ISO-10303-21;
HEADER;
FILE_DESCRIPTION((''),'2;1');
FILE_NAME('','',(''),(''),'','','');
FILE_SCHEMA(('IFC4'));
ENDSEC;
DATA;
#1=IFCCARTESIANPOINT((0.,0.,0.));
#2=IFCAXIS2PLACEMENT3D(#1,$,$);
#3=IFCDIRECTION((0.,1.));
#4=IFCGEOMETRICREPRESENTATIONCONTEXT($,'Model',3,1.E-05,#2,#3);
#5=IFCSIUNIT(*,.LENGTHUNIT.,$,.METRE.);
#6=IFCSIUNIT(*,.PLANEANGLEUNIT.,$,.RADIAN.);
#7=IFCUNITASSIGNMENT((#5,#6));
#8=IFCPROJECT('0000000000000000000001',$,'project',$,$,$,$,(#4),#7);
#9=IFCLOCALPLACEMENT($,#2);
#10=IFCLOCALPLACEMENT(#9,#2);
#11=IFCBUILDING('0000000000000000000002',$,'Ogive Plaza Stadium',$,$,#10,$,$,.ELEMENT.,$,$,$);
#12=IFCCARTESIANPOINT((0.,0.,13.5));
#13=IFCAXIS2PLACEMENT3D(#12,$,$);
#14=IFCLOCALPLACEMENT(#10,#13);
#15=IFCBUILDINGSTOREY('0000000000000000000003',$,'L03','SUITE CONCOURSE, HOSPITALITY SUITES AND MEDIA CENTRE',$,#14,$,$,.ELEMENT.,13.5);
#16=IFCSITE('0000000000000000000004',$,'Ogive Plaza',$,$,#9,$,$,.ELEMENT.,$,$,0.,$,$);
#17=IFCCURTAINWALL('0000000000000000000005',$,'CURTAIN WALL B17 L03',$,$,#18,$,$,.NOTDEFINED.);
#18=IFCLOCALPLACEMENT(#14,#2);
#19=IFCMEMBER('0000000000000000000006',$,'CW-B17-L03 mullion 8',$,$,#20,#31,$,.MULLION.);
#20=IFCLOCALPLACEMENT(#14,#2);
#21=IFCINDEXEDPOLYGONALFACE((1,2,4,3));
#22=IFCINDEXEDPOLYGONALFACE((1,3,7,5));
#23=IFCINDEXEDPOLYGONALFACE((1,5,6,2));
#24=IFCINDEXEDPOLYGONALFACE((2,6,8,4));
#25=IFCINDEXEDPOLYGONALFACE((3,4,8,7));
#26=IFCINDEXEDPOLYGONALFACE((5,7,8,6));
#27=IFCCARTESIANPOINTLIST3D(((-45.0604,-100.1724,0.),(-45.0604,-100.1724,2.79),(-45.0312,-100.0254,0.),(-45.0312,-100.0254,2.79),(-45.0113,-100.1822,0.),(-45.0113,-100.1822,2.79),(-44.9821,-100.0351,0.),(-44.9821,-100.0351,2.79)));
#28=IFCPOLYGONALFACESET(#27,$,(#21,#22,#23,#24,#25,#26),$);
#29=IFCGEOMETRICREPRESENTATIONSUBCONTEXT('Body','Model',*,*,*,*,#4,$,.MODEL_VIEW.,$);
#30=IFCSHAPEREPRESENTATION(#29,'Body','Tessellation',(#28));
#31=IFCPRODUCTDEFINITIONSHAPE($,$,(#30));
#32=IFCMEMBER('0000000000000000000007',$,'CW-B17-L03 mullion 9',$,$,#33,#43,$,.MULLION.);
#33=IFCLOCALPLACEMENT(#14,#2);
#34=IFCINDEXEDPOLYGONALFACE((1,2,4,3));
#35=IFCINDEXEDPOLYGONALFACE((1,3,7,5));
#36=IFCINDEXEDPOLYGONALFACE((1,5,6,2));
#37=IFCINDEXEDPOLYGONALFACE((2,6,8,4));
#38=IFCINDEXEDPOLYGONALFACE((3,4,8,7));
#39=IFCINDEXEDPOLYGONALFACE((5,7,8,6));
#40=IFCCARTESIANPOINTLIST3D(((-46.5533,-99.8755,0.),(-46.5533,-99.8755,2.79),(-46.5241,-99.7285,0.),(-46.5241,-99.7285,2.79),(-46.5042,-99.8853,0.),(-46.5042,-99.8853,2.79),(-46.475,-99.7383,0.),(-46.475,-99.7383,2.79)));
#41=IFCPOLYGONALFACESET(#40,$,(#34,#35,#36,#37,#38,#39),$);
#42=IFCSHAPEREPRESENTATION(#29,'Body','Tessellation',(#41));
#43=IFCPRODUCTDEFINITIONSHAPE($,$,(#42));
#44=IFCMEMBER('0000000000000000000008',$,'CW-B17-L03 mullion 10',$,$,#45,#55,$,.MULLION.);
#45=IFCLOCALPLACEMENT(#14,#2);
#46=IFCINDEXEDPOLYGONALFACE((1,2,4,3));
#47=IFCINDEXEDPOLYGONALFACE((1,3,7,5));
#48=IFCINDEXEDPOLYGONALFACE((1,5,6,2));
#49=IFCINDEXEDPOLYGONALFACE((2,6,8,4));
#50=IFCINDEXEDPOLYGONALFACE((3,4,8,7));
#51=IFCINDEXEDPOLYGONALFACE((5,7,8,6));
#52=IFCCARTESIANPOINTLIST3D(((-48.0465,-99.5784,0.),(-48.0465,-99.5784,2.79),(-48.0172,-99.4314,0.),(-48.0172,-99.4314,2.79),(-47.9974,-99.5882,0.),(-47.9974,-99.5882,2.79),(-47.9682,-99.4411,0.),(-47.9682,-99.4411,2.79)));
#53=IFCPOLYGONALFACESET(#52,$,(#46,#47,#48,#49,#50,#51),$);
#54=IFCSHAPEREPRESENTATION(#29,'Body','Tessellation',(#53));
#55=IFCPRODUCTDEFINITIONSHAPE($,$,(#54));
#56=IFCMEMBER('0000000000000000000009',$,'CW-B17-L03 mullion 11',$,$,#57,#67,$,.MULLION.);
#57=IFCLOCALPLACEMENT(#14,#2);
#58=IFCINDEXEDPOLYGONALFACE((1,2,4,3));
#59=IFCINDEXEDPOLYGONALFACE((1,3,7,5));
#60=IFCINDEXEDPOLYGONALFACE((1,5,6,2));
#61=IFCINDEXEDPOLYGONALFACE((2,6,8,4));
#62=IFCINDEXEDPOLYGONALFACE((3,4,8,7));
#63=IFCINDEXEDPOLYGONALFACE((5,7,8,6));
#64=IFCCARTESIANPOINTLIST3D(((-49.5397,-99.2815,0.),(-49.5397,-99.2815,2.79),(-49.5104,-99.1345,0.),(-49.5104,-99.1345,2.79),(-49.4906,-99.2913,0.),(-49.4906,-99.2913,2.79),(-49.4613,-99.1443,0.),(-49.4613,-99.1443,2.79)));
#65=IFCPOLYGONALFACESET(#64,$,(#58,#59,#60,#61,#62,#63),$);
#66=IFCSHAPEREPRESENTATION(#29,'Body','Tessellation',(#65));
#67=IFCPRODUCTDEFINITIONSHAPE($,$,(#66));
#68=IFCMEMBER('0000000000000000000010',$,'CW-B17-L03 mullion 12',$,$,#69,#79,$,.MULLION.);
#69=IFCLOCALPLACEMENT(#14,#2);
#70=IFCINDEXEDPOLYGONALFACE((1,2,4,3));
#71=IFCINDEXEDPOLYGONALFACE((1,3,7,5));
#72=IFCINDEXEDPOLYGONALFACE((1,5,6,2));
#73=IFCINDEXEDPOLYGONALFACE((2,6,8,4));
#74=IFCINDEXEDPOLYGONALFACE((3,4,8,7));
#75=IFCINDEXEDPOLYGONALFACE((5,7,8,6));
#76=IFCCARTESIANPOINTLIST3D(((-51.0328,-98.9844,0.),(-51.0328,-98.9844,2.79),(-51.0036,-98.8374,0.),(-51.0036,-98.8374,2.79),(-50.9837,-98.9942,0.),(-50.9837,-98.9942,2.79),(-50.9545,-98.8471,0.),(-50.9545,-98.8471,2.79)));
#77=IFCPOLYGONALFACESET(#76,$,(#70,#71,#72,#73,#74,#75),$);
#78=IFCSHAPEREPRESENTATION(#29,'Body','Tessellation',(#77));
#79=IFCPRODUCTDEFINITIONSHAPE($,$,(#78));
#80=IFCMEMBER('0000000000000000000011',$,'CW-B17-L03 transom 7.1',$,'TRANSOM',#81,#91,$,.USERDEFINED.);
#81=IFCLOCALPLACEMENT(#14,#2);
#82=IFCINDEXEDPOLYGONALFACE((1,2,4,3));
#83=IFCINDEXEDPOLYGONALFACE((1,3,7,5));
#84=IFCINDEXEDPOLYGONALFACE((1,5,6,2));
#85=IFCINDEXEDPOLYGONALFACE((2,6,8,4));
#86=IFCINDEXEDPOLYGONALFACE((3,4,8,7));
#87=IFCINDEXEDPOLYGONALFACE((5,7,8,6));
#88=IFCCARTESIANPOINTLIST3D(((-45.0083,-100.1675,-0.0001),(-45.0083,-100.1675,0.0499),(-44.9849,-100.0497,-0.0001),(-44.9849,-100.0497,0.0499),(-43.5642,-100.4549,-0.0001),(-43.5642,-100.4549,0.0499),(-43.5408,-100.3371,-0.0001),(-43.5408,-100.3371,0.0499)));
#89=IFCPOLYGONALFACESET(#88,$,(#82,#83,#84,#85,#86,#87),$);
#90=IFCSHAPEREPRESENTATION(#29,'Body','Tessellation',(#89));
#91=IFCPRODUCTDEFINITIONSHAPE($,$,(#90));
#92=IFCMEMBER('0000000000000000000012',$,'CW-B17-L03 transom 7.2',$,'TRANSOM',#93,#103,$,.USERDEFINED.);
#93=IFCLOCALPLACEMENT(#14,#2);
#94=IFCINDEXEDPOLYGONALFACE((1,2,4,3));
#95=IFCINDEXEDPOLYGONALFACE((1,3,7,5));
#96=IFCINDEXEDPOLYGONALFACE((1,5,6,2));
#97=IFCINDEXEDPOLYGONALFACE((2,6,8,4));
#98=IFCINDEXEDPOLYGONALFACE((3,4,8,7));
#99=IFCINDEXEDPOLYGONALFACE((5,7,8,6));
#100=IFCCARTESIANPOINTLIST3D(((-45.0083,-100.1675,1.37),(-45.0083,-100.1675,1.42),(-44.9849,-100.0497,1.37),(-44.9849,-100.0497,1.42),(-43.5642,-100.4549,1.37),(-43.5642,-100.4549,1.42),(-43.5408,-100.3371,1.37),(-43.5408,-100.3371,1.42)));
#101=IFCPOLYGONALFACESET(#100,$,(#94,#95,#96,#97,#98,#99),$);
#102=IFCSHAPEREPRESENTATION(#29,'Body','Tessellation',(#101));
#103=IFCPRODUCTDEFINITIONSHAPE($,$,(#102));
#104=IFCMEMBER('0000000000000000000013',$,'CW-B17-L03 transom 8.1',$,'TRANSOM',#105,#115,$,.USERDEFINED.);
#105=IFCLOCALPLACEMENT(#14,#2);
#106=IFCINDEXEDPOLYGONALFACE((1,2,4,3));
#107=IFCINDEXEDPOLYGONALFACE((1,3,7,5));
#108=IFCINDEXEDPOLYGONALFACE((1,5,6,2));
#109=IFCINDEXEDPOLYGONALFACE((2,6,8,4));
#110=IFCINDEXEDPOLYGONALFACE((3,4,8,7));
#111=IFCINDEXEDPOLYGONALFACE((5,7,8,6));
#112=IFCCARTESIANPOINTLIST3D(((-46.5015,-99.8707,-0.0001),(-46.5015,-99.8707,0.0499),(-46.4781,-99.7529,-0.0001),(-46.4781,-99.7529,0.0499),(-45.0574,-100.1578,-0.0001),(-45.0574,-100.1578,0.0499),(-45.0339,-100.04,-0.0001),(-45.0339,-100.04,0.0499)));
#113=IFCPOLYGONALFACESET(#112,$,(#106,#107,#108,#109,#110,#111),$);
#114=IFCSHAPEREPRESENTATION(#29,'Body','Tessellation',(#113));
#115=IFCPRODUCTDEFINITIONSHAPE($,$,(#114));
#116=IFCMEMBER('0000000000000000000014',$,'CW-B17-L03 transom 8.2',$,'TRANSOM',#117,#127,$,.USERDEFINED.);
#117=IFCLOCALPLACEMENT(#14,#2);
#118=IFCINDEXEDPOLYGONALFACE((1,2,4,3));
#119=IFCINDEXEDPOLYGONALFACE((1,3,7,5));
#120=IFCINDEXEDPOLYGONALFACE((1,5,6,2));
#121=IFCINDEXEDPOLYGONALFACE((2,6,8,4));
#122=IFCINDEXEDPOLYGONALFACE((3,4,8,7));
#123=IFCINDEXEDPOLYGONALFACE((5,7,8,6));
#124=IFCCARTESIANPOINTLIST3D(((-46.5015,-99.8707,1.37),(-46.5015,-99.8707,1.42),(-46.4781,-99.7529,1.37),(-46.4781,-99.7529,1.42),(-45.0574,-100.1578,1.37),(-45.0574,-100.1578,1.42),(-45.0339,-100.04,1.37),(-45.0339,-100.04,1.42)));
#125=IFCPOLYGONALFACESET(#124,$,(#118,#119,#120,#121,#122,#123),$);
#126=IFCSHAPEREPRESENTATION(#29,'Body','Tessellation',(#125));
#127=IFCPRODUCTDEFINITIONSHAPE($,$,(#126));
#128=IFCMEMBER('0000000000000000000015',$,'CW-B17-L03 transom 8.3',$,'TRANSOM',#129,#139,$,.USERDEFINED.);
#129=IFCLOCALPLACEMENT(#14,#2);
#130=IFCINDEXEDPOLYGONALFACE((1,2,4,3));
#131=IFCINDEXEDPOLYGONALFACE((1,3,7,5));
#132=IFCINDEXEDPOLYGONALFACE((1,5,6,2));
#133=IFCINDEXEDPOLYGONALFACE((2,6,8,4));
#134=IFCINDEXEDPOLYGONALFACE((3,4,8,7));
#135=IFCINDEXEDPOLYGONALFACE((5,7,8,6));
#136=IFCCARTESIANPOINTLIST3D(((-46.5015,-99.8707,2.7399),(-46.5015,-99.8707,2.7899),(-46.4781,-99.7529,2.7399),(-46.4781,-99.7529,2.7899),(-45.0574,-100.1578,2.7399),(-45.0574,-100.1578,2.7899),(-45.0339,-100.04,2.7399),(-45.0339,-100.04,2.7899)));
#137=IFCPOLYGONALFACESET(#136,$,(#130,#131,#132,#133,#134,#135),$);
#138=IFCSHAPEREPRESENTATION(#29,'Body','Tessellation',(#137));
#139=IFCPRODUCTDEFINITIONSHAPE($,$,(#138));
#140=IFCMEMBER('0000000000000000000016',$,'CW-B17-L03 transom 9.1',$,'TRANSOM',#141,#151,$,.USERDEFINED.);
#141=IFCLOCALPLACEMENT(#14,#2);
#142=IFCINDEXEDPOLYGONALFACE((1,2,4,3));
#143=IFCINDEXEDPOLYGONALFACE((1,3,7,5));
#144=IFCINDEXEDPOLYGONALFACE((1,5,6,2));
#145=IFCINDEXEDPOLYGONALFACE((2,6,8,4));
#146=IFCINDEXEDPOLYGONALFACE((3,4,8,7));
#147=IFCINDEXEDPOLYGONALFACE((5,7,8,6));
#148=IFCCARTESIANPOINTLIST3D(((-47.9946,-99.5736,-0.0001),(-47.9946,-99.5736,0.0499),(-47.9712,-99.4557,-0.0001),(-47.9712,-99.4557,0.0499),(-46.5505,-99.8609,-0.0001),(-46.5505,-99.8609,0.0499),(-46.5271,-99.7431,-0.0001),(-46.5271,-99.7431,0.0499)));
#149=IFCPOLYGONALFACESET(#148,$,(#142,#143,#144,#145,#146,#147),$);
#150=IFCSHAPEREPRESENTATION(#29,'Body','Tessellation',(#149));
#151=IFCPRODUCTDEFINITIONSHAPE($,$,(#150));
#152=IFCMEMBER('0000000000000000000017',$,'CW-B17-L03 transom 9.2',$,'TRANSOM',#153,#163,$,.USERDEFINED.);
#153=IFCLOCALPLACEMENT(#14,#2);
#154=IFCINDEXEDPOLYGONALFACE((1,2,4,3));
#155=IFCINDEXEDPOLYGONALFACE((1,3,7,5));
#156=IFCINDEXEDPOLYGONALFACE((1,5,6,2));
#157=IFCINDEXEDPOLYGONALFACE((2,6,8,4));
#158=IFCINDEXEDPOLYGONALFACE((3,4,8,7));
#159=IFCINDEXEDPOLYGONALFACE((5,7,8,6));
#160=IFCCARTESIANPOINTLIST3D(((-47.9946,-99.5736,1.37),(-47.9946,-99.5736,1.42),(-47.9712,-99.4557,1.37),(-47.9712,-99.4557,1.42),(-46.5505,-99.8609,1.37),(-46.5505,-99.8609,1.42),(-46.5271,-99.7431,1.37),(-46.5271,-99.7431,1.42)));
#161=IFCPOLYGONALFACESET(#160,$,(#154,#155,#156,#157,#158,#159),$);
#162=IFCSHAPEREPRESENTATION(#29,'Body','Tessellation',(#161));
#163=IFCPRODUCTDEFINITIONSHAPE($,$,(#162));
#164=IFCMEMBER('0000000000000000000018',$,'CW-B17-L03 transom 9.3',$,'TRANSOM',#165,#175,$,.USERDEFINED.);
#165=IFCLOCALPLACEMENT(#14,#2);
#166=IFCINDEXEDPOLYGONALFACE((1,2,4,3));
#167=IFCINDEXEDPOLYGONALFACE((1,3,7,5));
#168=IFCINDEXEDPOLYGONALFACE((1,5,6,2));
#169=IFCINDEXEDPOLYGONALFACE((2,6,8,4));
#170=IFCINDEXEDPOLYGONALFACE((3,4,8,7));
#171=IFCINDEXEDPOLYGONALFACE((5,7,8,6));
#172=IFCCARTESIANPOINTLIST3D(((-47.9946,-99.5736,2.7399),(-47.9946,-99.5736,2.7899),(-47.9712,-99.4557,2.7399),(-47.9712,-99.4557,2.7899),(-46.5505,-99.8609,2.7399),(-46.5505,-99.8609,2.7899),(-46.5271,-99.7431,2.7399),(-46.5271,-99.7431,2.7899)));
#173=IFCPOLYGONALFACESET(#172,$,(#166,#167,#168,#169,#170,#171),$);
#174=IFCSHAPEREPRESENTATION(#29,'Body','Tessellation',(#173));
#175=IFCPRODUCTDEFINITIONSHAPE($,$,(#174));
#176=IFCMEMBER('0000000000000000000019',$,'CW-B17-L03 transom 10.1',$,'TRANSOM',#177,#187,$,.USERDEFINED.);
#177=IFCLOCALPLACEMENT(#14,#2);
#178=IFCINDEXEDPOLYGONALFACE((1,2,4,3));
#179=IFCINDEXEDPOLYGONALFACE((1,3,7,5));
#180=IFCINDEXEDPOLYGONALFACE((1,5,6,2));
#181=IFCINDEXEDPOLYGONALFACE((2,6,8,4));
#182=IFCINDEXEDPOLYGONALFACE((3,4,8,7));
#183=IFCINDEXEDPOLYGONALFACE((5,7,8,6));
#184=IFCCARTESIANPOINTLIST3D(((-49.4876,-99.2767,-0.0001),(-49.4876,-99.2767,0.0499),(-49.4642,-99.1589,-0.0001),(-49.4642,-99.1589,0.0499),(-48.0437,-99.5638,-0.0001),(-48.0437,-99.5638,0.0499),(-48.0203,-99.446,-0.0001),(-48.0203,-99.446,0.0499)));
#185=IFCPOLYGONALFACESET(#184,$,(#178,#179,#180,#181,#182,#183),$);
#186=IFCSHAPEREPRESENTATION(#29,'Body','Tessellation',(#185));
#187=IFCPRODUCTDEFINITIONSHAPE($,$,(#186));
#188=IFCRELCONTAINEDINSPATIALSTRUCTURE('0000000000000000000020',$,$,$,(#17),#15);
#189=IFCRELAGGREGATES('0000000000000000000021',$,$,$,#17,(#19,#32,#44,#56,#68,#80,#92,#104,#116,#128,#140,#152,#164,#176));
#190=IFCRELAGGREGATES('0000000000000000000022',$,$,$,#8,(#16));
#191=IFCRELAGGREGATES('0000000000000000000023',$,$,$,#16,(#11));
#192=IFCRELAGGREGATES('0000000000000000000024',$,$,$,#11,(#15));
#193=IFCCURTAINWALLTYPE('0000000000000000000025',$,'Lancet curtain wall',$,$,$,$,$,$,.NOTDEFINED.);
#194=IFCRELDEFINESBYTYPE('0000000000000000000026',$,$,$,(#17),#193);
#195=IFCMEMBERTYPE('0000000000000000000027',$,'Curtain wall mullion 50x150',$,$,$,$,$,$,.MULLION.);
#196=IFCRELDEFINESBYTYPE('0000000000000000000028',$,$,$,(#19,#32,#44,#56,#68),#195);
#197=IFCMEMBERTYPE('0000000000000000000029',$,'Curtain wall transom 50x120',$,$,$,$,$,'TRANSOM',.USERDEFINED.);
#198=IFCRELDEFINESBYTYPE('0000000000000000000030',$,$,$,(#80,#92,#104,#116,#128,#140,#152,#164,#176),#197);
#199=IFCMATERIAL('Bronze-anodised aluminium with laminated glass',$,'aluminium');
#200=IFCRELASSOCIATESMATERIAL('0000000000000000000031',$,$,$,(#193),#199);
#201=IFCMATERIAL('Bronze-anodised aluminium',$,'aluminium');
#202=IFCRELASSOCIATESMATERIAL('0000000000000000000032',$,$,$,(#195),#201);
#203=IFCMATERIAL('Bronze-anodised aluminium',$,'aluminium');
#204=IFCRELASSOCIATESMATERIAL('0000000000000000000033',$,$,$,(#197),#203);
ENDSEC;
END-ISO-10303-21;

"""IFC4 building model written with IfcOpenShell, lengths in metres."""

from ifc_helpers import new_model, si_unit, direction, frame, origin, origin_2d, place, context, subcontext, project, spatial, rectangle, extrude, material, material_profile, profile_set, type_object, element, aggregate, save


model = new_model("IFC4")

# Units and contexts
model_context = context("Model", 3, precision=1e-05, world=origin(), true_north=direction((0.0, 1.0)))
body_context = subcontext(model_context, "Body", "Model", "MODEL_VIEW")
ifc_project = project(units=[si_unit("LENGTHUNIT", "METRE"), si_unit("PLANEANGLEUNIT", "RADIAN")], contexts=[model_context])

# Site, building, storey
site_placement = place(None, origin())
site = spatial("IfcSite", under=ifc_project, at=site_placement, Name="Ogive Plaza", CompositionType="ELEMENT", RefElevation=0.0)
building_placement = place(site_placement, origin())
building = spatial("IfcBuilding", under=site, at=building_placement, Name="Ogive Plaza Stadium", CompositionType="ELEMENT")
storey_placement = place(building_placement, frame((0.0, 0.0, 13.5)))
storey = spatial("IfcBuildingStorey", under=building, at=storey_placement, Name="L03", Description="SUITE CONCOURSE, HOSPITALITY SUITES AND MEDIA CENTRE", CompositionType="ELEMENT", Elevation=13.5)

# Curtain wall, members
ifc_material_1 = material(Name="Bronze-anodised aluminium with laminated glass", Category="aluminium")
curtain_wall_type = type_object("IfcCurtainWallType", Name="Lancet curtain wall", PredefinedType="NOTDEFINED", material=ifc_material_1)
curtain_wall_placement = place(storey_placement, origin())
curtain_wall = element("IfcCurtainWall", 1, at=curtain_wall_placement, inside=storey, type_object=curtain_wall_type, Name="CURTAIN WALL B17 L03", PredefinedType="NOTDEFINED")
ifc_material_2 = material(Name="Bronze-anodised aluminium", Category="aluminium")
ifc_material_profile_1 = material_profile(ifc_material_2, rectangle(XDim=0.1499, YDim=0.05, at=origin_2d()), Name="AL 150x50")
ifc_profile_set_1 = profile_set([ifc_material_profile_1], Name="Bronze-anodised aluminium")
member_type_1 = type_object("IfcMemberType", Name="Curtain wall mullion 50x150", PredefinedType="MULLION", material=ifc_profile_set_1)
member_1_placement = place(storey_placement, frame((-45.0212, -100.1038, 0.0), z_axis=(0.0, 0.0, 1.0), x_axis=(-0.19509, -0.980785, 0.0)))
member_1 = element("IfcMember", 2, at=member_1_placement, type_object=member_type_1, Name="CW-B17-L03 mullion 8", PredefinedType="MULLION", context=body_context, shape_type="SweptSolid", body=[
    extrude(rectangle(XDim=0.1499, YDim=0.05, at=origin_2d()), origin(), (0.0, 0.0, 1.0), 2.79),
])
member_2_placement = place(storey_placement, frame((-46.5142, -99.8069, 0.0), z_axis=(0.0, 0.0, 1.0), x_axis=(-0.19509, -0.980785, 0.0)))
member_2 = element("IfcMember", 3, at=member_2_placement, type_object=member_type_1, Name="CW-B17-L03 mullion 9", PredefinedType="MULLION", context=body_context, shape_type="SweptSolid", body=[
    extrude(rectangle(XDim=0.1499, YDim=0.05, at=origin_2d()), origin(), (0.0, 0.0, 1.0), 2.79),
])
member_3_placement = place(storey_placement, frame((-48.0073, -99.5098, 0.0), z_axis=(0.0, 0.0, 1.0), x_axis=(-0.19509, -0.980785, 0.0)))
member_3 = element("IfcMember", 4, at=member_3_placement, type_object=member_type_1, Name="CW-B17-L03 mullion 10", PredefinedType="MULLION", context=body_context, shape_type="SweptSolid", body=[
    extrude(rectangle(XDim=0.1499, YDim=0.05, at=origin_2d()), origin(), (0.0, 0.0, 1.0), 2.79),
])
member_4_placement = place(storey_placement, frame((-49.5005, -99.2129, 0.0), z_axis=(0.0, 0.0, 1.0), x_axis=(-0.19509, -0.980785, 0.0)))
member_4 = element("IfcMember", 5, at=member_4_placement, type_object=member_type_1, Name="CW-B17-L03 mullion 11", PredefinedType="MULLION", context=body_context, shape_type="SweptSolid", body=[
    extrude(rectangle(XDim=0.1499, YDim=0.05, at=origin_2d()), origin(), (0.0, 0.0, 1.0), 2.79),
])
member_5_placement = place(storey_placement, frame((-50.9937, -98.9158, 0.0), z_axis=(0.0, 0.0, 1.0), x_axis=(-0.19509, -0.980785, 0.0)))
member_5 = element("IfcMember", 6, at=member_5_placement, type_object=member_type_1, Name="CW-B17-L03 mullion 12", PredefinedType="MULLION", context=body_context, shape_type="SweptSolid", body=[
    extrude(rectangle(XDim=0.1499, YDim=0.05, at=origin_2d()), origin(), (0.0, 0.0, 1.0), 2.79),
])
ifc_material_3 = material(Name="Bronze-anodised aluminium", Category="aluminium")
ifc_material_profile_2 = material_profile(ifc_material_3, rectangle(XDim=0.1201, YDim=0.05, at=origin_2d()), Name="AL 120x50")
ifc_profile_set_2 = profile_set([ifc_material_profile_2], Name="Bronze-anodised aluminium")
member_type_2 = type_object("IfcMemberType", Name="Curtain wall transom 50x120", ElementType="TRANSOM", PredefinedType="USERDEFINED", material=ifc_profile_set_2)
member_6_placement = place(storey_placement, frame((-43.5525, -100.396, 0.0249), z_axis=(-0.980772, 0.195159, 0.0), x_axis=(-0.195159, -0.980772, 0.0)))
member_6 = element("IfcMember", 7, at=member_6_placement, type_object=member_type_2, Name="CW-B17-L03 transom 7.1", ObjectType="TRANSOM", PredefinedType="USERDEFINED", context=body_context, shape_type="SweptSolid", body=[
    extrude(rectangle(XDim=0.1201, YDim=0.05, at=origin_2d()), origin(), (0.0, 0.0, 1.0), 1.4724),
])
member_7_placement = place(storey_placement, frame((-43.5525, -100.396, 1.395), z_axis=(-0.980772, 0.195159, 0.0), x_axis=(-0.195159, -0.980772, 0.0)))
member_7 = element("IfcMember", 8, at=member_7_placement, type_object=member_type_2, Name="CW-B17-L03 transom 7.2", ObjectType="TRANSOM", PredefinedType="USERDEFINED", context=body_context, shape_type="SweptSolid", body=[
    extrude(rectangle(XDim=0.1201, YDim=0.05, at=origin_2d()), origin(), (0.0, 0.0, 1.0), 1.4724),
])
member_8_placement = place(storey_placement, frame((-45.0457, -100.0989, 0.0249), z_axis=(-0.980803, 0.195, 0.0), x_axis=(-0.195, -0.980803, 0.0)))
member_8 = element("IfcMember", 9, at=member_8_placement, type_object=member_type_2, Name="CW-B17-L03 transom 8.1", ObjectType="TRANSOM", PredefinedType="USERDEFINED", context=body_context, shape_type="SweptSolid", body=[
    extrude(rectangle(XDim=0.1201, YDim=0.05, at=origin_2d()), origin(), (0.0, 0.0, 1.0), 1.4724),
])
member_9_placement = place(storey_placement, frame((-45.0457, -100.0989, 1.395), z_axis=(-0.980803, 0.195, 0.0), x_axis=(-0.195, -0.980803, 0.0)))
member_9 = element("IfcMember", 10, at=member_9_placement, type_object=member_type_2, Name="CW-B17-L03 transom 8.2", ObjectType="TRANSOM", PredefinedType="USERDEFINED", context=body_context, shape_type="SweptSolid", body=[
    extrude(rectangle(XDim=0.1201, YDim=0.05, at=origin_2d()), origin(), (0.0, 0.0, 1.0), 1.4724),
])
member_10_placement = place(storey_placement, frame((-45.0457, -100.0989, 2.7649), z_axis=(-0.980803, 0.195, 0.0), x_axis=(-0.195, -0.980803, 0.0)))
member_10 = element("IfcMember", 11, at=member_10_placement, type_object=member_type_2, Name="CW-B17-L03 transom 8.3", ObjectType="TRANSOM", PredefinedType="USERDEFINED", context=body_context, shape_type="SweptSolid", body=[
    extrude(rectangle(XDim=0.1201, YDim=0.05, at=origin_2d()), origin(), (0.0, 0.0, 1.0), 1.4724),
])
member_11_placement = place(storey_placement, frame((-46.5388, -99.802, 0.0249), z_axis=(-0.980772, 0.195159, 0.0), x_axis=(-0.195159, -0.980772, 0.0)))
member_11 = element("IfcMember", 12, at=member_11_placement, type_object=member_type_2, Name="CW-B17-L03 transom 9.1", ObjectType="TRANSOM", PredefinedType="USERDEFINED", context=body_context, shape_type="SweptSolid", body=[
    extrude(rectangle(XDim=0.1201, YDim=0.05, at=origin_2d()), origin(), (0.0, 0.0, 1.0), 1.4724),
])
member_12_placement = place(storey_placement, frame((-46.5388, -99.802, 1.395), z_axis=(-0.980772, 0.195159, 0.0), x_axis=(-0.195159, -0.980772, 0.0)))
member_12 = element("IfcMember", 13, at=member_12_placement, type_object=member_type_2, Name="CW-B17-L03 transom 9.2", ObjectType="TRANSOM", PredefinedType="USERDEFINED", context=body_context, shape_type="SweptSolid", body=[
    extrude(rectangle(XDim=0.1201, YDim=0.05, at=origin_2d()), origin(), (0.0, 0.0, 1.0), 1.4724),
])
member_13_placement = place(storey_placement, frame((-46.5388, -99.802, 2.7649), z_axis=(-0.980772, 0.195159, 0.0), x_axis=(-0.195159, -0.980772, 0.0)))
member_13 = element("IfcMember", 14, at=member_13_placement, type_object=member_type_2, Name="CW-B17-L03 transom 9.3", ObjectType="TRANSOM", PredefinedType="USERDEFINED", context=body_context, shape_type="SweptSolid", body=[
    extrude(rectangle(XDim=0.1201, YDim=0.05, at=origin_2d()), origin(), (0.0, 0.0, 1.0), 1.4724),
])
member_14_placement = place(storey_placement, frame((-48.032, -99.5049, 0.0249), z_axis=(-0.980797, 0.195032, 0.0), x_axis=(-0.195032, -0.980797, 0.0)))
member_14 = element("IfcMember", 15, at=member_14_placement, type_object=member_type_2, Name="CW-B17-L03 transom 10.1", ObjectType="TRANSOM", PredefinedType="USERDEFINED", context=body_context, shape_type="SweptSolid", body=[
    extrude(rectangle(XDim=0.1201, YDim=0.05, at=origin_2d()), origin(), (0.0, 0.0, 1.0), 1.4722),
])
aggregate(curtain_wall, [member_1, member_2, member_3, member_4, member_5, member_6, member_7, member_8, member_9, member_10, member_11, member_12, member_13, member_14])

save(model, "model.ifc")
